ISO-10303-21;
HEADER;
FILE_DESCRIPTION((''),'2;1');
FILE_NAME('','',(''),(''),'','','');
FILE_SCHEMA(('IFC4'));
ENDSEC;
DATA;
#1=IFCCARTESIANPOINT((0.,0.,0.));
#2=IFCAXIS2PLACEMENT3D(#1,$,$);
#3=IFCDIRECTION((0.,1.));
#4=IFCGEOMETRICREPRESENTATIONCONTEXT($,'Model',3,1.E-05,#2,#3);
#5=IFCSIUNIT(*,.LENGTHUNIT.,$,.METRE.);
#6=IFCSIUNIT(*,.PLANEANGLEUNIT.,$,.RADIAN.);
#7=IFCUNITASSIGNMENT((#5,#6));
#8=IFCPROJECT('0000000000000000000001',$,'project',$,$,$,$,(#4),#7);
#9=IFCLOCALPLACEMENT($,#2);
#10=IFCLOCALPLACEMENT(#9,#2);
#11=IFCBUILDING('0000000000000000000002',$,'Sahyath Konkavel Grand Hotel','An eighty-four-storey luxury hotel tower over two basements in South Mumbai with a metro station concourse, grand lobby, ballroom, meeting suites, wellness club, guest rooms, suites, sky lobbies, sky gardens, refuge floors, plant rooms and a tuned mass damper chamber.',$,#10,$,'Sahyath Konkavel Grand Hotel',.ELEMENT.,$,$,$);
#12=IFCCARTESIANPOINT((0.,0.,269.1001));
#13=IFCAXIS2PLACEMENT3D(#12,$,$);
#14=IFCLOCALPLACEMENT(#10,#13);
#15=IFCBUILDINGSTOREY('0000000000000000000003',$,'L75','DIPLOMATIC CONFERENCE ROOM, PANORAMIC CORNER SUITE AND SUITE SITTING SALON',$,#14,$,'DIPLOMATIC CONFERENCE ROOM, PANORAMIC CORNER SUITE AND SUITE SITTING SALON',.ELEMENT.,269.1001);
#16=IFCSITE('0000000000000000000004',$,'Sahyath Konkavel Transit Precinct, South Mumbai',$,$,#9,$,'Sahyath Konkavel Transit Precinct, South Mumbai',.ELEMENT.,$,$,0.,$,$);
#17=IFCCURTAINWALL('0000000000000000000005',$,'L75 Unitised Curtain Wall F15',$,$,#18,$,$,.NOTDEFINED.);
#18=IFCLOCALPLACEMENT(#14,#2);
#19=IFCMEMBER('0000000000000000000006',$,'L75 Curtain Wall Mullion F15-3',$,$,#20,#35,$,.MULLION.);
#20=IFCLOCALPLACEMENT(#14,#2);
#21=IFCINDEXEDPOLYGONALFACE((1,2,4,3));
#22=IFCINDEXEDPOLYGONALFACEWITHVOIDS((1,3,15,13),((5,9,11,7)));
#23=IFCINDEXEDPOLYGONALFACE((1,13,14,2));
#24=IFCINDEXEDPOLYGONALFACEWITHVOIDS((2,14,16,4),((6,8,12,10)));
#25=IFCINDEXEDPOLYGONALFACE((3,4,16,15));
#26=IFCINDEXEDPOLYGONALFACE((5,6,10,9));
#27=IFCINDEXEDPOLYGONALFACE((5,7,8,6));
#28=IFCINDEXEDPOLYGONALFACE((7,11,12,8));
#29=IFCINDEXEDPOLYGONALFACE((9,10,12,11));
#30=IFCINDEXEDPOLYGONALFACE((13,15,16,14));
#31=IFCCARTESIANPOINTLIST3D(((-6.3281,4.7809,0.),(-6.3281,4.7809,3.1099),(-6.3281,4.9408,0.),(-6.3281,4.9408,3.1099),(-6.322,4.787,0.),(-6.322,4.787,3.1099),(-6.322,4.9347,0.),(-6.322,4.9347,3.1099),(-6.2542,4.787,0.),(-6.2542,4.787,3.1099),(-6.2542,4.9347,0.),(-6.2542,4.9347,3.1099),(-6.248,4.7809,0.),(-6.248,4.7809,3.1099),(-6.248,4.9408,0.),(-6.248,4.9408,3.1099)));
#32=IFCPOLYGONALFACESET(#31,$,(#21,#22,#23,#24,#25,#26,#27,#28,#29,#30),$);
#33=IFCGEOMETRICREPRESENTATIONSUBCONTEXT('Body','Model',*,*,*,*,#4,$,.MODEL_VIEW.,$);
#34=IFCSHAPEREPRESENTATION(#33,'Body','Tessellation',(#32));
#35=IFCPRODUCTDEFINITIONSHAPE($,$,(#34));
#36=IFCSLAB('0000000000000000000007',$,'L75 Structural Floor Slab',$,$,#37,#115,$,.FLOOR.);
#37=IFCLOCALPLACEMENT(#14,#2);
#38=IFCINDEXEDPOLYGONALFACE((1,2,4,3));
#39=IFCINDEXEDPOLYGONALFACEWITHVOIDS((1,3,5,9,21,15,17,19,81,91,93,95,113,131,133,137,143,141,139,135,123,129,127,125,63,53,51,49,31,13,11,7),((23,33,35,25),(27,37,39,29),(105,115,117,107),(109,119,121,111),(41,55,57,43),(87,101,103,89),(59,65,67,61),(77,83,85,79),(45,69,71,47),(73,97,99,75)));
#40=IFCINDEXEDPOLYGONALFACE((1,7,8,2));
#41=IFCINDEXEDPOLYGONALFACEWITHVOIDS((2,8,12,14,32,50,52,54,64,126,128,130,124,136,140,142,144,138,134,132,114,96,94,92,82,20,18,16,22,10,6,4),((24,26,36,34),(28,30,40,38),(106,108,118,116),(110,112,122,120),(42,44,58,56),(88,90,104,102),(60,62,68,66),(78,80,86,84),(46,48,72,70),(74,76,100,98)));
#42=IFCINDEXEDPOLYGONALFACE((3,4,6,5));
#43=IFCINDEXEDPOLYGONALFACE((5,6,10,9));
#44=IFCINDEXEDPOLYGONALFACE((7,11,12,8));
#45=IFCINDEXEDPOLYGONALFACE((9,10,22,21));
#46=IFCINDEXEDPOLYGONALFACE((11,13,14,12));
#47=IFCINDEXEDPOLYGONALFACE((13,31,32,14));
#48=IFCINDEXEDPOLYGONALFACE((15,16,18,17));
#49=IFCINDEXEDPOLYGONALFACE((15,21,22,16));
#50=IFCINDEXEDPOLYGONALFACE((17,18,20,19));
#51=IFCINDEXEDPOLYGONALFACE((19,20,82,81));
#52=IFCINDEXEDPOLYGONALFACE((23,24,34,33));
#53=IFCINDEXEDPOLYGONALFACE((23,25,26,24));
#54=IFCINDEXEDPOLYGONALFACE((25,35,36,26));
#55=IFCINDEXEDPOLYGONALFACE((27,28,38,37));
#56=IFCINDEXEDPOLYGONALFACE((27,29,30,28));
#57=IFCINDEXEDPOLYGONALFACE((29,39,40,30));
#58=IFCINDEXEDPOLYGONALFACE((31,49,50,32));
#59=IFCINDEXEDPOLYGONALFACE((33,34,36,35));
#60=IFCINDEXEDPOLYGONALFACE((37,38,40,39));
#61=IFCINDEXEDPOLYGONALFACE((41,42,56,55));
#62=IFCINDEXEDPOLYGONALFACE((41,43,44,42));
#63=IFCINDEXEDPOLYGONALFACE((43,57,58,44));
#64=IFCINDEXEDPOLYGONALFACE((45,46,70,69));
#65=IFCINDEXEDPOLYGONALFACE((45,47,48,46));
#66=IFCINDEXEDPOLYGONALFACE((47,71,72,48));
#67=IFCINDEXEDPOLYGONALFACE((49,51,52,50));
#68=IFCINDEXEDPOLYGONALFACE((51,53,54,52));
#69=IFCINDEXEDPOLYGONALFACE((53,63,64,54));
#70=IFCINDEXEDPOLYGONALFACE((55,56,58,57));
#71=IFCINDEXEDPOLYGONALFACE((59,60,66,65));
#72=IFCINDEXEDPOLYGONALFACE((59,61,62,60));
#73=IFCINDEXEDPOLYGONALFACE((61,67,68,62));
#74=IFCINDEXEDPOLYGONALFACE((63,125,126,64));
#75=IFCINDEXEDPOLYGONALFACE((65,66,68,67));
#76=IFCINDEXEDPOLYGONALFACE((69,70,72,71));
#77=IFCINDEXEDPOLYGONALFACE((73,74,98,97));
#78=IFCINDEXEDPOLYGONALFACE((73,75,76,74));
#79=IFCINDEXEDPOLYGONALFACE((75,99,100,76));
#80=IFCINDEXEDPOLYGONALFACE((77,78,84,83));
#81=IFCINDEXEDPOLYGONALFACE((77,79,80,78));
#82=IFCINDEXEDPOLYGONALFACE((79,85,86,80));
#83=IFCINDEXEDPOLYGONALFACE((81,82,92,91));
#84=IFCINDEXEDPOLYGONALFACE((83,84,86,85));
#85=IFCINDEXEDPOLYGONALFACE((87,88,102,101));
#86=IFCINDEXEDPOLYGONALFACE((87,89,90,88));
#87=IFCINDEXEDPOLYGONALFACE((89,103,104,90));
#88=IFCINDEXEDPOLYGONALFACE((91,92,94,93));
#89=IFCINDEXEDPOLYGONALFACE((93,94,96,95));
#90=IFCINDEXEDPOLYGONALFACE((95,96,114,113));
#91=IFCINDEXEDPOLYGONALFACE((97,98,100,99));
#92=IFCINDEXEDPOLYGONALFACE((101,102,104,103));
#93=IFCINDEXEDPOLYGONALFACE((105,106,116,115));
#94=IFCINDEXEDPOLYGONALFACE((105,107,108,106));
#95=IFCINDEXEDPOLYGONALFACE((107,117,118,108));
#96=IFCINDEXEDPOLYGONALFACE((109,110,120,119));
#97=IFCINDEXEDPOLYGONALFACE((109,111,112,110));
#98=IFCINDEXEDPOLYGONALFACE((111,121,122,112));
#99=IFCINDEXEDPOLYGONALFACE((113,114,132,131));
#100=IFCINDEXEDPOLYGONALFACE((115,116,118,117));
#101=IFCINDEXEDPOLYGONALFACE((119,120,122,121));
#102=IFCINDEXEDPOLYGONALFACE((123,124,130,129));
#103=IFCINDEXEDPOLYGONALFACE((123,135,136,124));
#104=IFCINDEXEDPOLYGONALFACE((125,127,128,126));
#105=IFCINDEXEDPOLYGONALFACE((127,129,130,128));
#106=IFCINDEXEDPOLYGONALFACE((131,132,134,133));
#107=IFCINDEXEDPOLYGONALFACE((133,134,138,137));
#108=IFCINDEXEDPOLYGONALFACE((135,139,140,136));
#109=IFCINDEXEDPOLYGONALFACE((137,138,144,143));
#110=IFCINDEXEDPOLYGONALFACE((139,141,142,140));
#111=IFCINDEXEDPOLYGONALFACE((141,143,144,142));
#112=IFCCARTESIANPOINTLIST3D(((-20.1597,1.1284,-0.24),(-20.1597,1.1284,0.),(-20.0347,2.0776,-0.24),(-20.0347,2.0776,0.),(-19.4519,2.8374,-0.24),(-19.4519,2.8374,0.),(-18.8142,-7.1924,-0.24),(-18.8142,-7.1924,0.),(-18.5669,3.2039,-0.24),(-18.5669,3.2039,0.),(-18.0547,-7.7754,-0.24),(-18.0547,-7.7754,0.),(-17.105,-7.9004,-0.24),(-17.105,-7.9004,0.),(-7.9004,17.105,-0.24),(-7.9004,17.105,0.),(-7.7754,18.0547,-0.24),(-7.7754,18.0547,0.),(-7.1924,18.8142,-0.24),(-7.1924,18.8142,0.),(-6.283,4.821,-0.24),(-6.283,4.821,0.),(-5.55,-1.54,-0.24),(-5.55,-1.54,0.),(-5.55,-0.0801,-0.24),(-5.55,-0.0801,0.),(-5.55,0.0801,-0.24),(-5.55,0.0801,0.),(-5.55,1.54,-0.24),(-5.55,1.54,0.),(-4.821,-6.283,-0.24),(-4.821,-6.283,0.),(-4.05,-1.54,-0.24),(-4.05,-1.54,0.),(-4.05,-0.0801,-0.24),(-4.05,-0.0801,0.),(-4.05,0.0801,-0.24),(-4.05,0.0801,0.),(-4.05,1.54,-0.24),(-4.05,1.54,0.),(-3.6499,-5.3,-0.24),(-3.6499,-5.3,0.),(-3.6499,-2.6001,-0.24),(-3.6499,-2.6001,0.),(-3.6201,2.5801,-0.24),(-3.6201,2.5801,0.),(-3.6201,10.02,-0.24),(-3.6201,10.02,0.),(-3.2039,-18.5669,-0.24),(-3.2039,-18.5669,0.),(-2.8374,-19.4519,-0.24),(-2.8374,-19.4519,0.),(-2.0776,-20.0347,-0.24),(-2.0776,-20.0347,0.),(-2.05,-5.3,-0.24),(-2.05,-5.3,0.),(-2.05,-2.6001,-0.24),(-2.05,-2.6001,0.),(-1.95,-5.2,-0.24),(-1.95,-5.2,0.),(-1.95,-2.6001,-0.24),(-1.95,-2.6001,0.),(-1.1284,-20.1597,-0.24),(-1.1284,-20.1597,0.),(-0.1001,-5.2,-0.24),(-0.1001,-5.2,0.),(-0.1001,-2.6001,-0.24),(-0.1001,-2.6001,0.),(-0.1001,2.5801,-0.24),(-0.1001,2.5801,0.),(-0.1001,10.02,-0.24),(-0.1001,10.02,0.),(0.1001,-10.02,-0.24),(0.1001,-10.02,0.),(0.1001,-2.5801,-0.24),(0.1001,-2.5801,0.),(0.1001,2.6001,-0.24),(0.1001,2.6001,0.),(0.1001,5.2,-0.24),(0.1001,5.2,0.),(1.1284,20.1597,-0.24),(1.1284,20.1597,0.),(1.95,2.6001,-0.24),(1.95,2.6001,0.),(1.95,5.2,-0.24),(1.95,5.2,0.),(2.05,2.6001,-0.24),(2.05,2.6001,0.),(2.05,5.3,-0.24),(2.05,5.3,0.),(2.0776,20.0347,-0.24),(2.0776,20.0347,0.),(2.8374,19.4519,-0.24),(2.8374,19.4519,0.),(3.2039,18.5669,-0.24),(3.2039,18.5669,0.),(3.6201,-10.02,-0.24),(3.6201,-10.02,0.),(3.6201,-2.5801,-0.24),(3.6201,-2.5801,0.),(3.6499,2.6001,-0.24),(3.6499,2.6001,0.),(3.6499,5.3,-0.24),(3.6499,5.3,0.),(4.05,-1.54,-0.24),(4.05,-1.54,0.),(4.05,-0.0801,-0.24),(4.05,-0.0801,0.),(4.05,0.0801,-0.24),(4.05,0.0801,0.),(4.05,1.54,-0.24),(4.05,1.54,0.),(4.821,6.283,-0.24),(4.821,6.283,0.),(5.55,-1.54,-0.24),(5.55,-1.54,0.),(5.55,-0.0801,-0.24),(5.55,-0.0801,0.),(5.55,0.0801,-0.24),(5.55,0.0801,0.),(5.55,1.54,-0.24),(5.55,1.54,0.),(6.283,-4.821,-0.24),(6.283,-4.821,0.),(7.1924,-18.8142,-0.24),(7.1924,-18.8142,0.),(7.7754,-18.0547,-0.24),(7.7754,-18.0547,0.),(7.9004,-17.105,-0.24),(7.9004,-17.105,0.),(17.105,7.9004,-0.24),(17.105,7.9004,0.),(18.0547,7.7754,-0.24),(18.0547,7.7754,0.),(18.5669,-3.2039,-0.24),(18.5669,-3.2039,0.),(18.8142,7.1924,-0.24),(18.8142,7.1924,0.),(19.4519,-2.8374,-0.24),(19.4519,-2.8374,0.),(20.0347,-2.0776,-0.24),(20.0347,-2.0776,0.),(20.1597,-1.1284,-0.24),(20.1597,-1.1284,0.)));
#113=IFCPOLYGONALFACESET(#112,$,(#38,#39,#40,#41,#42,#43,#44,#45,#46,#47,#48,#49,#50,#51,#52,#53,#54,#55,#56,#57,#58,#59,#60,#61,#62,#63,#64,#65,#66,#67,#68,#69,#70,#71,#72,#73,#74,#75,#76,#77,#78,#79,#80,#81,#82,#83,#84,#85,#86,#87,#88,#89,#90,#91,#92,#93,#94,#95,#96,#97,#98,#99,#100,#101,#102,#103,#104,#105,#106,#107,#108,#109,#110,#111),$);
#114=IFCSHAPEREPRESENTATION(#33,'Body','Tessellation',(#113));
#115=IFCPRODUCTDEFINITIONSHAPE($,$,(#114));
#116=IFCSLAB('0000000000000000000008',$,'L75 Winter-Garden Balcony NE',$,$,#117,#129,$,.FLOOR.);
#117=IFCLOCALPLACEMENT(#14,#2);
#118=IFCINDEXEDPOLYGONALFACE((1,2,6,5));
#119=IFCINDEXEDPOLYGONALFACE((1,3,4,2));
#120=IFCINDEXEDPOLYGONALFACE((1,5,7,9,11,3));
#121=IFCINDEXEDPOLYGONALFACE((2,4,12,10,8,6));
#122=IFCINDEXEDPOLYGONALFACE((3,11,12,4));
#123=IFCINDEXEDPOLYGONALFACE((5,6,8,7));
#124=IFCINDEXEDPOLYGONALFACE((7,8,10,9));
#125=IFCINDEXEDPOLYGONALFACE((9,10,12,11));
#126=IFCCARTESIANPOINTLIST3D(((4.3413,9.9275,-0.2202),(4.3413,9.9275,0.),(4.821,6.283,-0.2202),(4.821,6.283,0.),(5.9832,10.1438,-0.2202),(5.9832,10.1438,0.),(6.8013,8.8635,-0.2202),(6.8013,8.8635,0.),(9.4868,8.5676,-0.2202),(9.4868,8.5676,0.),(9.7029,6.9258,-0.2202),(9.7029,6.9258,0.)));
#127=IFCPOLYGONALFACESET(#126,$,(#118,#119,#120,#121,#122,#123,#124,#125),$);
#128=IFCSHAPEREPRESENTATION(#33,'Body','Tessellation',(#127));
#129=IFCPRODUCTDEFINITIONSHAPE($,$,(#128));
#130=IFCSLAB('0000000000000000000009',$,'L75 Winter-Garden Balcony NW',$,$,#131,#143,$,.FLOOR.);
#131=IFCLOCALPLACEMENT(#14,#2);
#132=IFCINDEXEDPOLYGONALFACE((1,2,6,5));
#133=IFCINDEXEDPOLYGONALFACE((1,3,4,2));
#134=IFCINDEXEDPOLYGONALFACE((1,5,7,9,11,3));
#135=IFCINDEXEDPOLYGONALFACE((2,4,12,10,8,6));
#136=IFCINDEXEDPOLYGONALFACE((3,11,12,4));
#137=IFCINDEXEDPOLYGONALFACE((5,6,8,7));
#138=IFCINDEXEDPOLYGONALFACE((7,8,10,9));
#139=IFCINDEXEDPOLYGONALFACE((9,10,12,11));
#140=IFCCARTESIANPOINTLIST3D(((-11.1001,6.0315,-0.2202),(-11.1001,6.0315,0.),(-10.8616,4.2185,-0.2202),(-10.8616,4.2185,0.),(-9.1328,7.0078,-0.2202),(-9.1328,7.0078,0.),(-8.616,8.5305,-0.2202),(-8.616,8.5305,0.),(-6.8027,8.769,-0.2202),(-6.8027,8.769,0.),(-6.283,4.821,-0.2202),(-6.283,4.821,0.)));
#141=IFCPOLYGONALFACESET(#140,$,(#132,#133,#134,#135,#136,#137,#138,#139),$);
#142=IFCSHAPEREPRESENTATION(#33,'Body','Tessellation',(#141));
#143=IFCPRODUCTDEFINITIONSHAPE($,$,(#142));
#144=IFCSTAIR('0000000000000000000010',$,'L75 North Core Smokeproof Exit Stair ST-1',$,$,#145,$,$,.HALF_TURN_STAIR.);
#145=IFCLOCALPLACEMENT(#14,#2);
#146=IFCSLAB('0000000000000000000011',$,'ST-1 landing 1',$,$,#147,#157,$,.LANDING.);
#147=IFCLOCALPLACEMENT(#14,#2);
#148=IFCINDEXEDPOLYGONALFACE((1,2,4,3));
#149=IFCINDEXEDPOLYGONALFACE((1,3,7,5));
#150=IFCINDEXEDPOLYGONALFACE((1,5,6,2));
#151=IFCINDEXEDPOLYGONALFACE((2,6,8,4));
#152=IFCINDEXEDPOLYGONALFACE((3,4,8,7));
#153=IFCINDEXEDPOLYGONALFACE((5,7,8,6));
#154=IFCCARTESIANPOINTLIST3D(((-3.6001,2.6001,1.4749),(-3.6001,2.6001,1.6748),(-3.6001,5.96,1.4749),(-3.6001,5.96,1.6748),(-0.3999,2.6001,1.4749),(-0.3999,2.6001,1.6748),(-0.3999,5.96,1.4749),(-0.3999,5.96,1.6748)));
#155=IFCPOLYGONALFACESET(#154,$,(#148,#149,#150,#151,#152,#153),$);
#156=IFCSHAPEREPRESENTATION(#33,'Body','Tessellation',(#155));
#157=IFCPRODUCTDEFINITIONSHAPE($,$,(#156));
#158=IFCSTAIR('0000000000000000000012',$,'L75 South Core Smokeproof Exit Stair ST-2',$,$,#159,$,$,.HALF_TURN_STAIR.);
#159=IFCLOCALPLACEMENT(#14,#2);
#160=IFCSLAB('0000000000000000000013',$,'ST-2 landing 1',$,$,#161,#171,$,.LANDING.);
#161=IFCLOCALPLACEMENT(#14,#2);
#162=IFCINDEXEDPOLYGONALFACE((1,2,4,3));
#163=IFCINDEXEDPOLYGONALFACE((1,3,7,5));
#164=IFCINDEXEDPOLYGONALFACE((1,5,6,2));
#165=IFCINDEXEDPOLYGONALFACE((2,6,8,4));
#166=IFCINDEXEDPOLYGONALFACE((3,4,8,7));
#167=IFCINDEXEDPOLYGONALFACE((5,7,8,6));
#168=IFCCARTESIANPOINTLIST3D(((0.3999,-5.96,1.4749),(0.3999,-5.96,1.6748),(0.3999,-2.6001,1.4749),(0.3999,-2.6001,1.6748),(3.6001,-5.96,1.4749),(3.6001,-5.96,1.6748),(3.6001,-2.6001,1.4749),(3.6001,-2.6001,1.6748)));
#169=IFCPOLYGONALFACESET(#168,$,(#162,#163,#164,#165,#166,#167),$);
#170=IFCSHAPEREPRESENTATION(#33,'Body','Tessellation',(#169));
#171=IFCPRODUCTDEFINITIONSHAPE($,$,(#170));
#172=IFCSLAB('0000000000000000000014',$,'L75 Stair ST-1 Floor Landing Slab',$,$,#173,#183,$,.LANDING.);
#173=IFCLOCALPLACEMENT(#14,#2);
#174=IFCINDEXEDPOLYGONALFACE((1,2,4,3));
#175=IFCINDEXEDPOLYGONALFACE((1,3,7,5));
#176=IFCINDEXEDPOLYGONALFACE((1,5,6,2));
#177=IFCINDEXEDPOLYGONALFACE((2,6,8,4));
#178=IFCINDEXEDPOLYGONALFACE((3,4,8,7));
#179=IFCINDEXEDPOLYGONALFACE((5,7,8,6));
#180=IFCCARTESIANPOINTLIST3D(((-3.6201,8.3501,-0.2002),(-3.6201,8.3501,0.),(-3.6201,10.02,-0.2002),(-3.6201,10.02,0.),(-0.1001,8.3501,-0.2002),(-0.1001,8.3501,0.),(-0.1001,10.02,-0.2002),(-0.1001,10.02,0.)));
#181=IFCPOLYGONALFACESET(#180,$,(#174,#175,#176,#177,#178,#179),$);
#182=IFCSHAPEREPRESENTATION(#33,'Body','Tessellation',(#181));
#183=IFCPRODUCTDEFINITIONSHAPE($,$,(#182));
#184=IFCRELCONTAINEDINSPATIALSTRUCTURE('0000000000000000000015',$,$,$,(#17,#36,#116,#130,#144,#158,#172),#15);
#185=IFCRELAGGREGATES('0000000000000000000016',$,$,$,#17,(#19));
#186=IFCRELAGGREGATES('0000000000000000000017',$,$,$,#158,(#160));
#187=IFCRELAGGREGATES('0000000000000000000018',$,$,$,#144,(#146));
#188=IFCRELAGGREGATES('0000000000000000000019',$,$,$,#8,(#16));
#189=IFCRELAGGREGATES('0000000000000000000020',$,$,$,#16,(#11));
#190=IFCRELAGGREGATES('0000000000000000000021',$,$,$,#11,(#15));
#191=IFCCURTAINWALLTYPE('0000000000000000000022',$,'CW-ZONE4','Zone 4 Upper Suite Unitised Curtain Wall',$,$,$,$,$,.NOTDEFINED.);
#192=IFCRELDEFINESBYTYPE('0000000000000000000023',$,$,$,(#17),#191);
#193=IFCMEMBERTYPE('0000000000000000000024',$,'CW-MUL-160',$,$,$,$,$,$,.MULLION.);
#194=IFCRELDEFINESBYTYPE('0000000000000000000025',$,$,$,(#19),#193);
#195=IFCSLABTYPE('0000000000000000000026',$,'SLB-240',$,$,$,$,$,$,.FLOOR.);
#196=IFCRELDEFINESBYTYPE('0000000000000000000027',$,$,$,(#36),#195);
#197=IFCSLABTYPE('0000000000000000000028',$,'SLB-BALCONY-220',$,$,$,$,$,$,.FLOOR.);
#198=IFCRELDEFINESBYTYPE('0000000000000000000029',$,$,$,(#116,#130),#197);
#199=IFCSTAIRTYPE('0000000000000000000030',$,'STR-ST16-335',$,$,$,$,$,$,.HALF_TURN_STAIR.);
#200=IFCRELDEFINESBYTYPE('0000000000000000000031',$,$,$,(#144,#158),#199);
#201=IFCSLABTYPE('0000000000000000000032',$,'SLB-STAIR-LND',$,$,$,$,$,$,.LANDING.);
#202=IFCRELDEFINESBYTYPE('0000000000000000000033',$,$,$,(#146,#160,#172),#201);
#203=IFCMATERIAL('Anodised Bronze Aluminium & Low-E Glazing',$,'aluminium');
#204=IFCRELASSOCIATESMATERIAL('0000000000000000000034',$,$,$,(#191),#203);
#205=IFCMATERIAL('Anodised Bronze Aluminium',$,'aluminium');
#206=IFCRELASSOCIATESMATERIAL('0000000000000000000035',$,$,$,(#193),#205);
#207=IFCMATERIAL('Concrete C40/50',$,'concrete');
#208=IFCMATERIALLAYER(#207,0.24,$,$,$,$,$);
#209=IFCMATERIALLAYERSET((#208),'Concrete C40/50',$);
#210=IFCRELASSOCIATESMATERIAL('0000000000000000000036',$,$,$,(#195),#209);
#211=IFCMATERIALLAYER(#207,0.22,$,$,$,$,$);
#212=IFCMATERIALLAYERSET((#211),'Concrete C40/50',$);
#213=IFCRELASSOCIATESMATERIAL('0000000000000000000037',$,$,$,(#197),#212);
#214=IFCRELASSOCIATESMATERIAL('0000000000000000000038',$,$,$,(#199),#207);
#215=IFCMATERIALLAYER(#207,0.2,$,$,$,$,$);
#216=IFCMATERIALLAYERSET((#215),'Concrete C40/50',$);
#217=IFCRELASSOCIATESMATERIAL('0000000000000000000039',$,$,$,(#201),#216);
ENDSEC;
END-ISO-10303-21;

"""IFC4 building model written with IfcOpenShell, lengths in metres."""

from ifc_helpers import new_model, si_unit, direction, frame, origin, origin_2d, place, context, subcontext, project, spatial, polyline, hollow_rectangle, outline, extrude, source, transform, mapped, material, layer, layer_set, material_profile, profile_set, type_object, element, aggregate, save


model = new_model("IFC4")

# Units and contexts
model_context = context("Model", 3, precision=1e-05, world=origin(), true_north=direction((0.0, 1.0)))
body_context = subcontext(model_context, "Body", "Model", "MODEL_VIEW")
ifc_project = project(units=[si_unit("LENGTHUNIT", "METRE"), si_unit("PLANEANGLEUNIT", "RADIAN")], contexts=[model_context])

# Site, building, storey
site_placement = place(None, origin())
site = spatial("IfcSite", under=ifc_project, at=site_placement, Name="Sahyath Konkavel Transit Precinct, South Mumbai", LongName="Sahyath Konkavel Transit Precinct, South Mumbai", CompositionType="ELEMENT", RefElevation=0.0)
building_placement = place(site_placement, origin())
building = spatial("IfcBuilding", under=site, at=building_placement, Name="Sahyath Konkavel Grand Hotel", Description="An eighty-four-storey luxury hotel tower over two basements in South Mumbai with a metro station concourse, grand lobby, ballroom, meeting suites, wellness club, guest rooms, suites, sky lobbies, sky gardens, refuge floors, plant rooms and a tuned mass damper chamber.", LongName="Sahyath Konkavel Grand Hotel", CompositionType="ELEMENT")
storey_placement = place(building_placement, frame((0.0, 0.0, 269.1001)))
storey = spatial("IfcBuildingStorey", under=building, at=storey_placement, Name="L75", Description="DIPLOMATIC CONFERENCE ROOM, PANORAMIC CORNER SUITE AND SUITE SITTING SALON", LongName="DIPLOMATIC CONFERENCE ROOM, PANORAMIC CORNER SUITE AND SUITE SITTING SALON", CompositionType="ELEMENT", Elevation=269.1001)

# Shared definitions
ifc_material_1 = material(Name="Concrete C40/50", Category="concrete")

# Curtain wall, member
ifc_material_2 = material(Name="Anodised Bronze Aluminium & Low-E Glazing", Category="aluminium")
curtain_wall_type = type_object("IfcCurtainWallType", Name="CW-ZONE4", Description="Zone 4 Upper Suite Unitised Curtain Wall", PredefinedType="NOTDEFINED", material=ifc_material_2)
curtain_wall_placement = place(storey_placement, origin())
curtain_wall = element("IfcCurtainWall", 1, at=curtain_wall_placement, inside=storey, type_object=curtain_wall_type, Name="L75 Unitised Curtain Wall F15", PredefinedType="NOTDEFINED")
ifc_material_3 = material(Name="Anodised Bronze Aluminium", Category="aluminium")
ifc_material_profile_1 = material_profile(ifc_material_3, hollow_rectangle(XDim=0.0801, YDim=0.1599, WallThickness=0.0061, at=origin_2d()), Name="RHS 160x80x6")
ifc_profile_set_1 = profile_set([ifc_material_profile_1], Name="Anodised Bronze Aluminium")
member_type = type_object("IfcMemberType", Name="CW-MUL-160", PredefinedType="MULLION", material=ifc_profile_set_1)
shared_shape_1 = source(origin(), body_context, "Body", "SweptSolid", [
    extrude(hollow_rectangle(XDim=0.0801, YDim=0.1599, WallThickness=0.0061, at=origin_2d()), origin(), (0.0, 0.0, 1.0), 3.1099),
])
member_placement = place(storey_placement, frame((-6.2881, 4.8608, 0.0), z_axis=(0.0, 0.0, 1.0), x_axis=(1.0, 0.0, 0.0)))
member = element("IfcMember", 2, at=member_placement, type_object=member_type, Name="L75 Curtain Wall Mullion F15-3", PredefinedType="MULLION", context=body_context, shape_type="MappedRepresentation", body=[
    mapped(shared_shape_1, transform((0.0, 0.0, 0.0), scale=1.0)),
])
aggregate(curtain_wall, [member])

# Slabs
ifc_layer_1 = layer(ifc_material_1, 0.24)
ifc_layer_set_1 = layer_set([ifc_layer_1], Name="Concrete C40/50")
slab_type_1 = type_object("IfcSlabType", Name="SLB-240", PredefinedType="FLOOR", material=ifc_layer_set_1)
slab_1_placement = place(storey_placement, frame((0.0, 0.0, -0.24)))
element("IfcSlab", 3, at=slab_1_placement, inside=storey, type_object=slab_type_1, Name="L75 Structural Floor Slab", PredefinedType="FLOOR", context=body_context, shape_type="SweptSolid", body=[
    extrude(outline(polyline([(6.283, -4.821), (18.5669, -3.2039), (19.4519, -2.8374), (20.0347, -2.0776), (20.1597, -1.1284), (18.8142, 7.1924), (18.0547, 7.7754), (17.105, 7.9004), (4.821, 6.283), (3.2039, 18.5669), (2.8374, 19.4519), (2.0776, 20.0347), (1.1284, 20.1597), (-7.1924, 18.8142), (-7.7754, 18.0547), (-7.9004, 17.105), (-6.283, 4.821), (-18.5669, 3.2039), (-19.4519, 2.8374), (-20.0347, 2.0776), (-20.1597, 1.1284), (-18.8142, -7.1924), (-18.0547, -7.7754), (-17.105, -7.9004), (-4.821, -6.283), (-3.2039, -18.5669), (-2.8374, -19.4519), (-2.0776, -20.0347), (-1.1284, -20.1597), (7.1924, -18.8142), (7.7754, -18.0547), (7.9004, -17.105), (6.283, -4.821)]), holes=[polyline([(-3.6201, 2.5801), (-0.1001, 2.5801), (-0.1001, 10.02), (-3.6201, 10.02), (-3.6201, 2.5801)]), polyline([(0.1001, -10.02), (3.6201, -10.02), (3.6201, -2.5801), (0.1001, -2.5801), (0.1001, -10.02)]), polyline([(0.1001, 2.6001), (1.95, 2.6001), (1.95, 5.2), (0.1001, 5.2), (0.1001, 2.6001)]), polyline([(-1.95, -5.2), (-0.1001, -5.2), (-0.1001, -2.6001), (-1.95, -2.6001), (-1.95, -5.2)]), polyline([(2.05, 2.6001), (3.6499, 2.6001), (3.6499, 5.3), (2.05, 5.3), (2.05, 2.6001)]), polyline([(-3.6499, -5.3), (-2.05, -5.3), (-2.05, -2.6001), (-3.6499, -2.6001), (-3.6499, -5.3)]), polyline([(4.05, 0.0801), (5.55, 0.0801), (5.55, 1.54), (4.05, 1.54), (4.05, 0.0801)]), polyline([(4.05, -1.54), (5.55, -1.54), (5.55, -0.0801), (4.05, -0.0801), (4.05, -1.54)]), polyline([(-5.55, 0.0801), (-4.05, 0.0801), (-4.05, 1.54), (-5.55, 1.54), (-5.55, 0.0801)]), polyline([(-5.55, -1.54), (-4.05, -1.54), (-4.05, -0.0801), (-5.55, -0.0801), (-5.55, -1.54)])]), origin(), (0.0, 0.0, 1.0), 0.24),
])
ifc_layer_2 = layer(ifc_material_1, 0.22)
ifc_layer_set_2 = layer_set([ifc_layer_2], Name="Concrete C40/50")
slab_type_2 = type_object("IfcSlabType", Name="SLB-BALCONY-220", PredefinedType="FLOOR", material=ifc_layer_set_2)
slab_2_placement = place(storey_placement, frame((0.0, 0.0, -0.2202)))
element("IfcSlab", 4, at=slab_2_placement, inside=storey, type_object=slab_type_2, Name="L75 Winter-Garden Balcony NE", PredefinedType="FLOOR", context=body_context, shape_type="SweptSolid", body=[
    extrude(outline(polyline([(4.821, 6.283), (9.7029, 6.9258), (9.4868, 8.5676), (6.8013, 8.8635), (5.9832, 10.1438), (4.3413, 9.9275), (4.821, 6.283)])), origin(), (0.0, 0.0, 1.0), 0.2202),
])
slab_3_placement = place(storey_placement, frame((0.0, 0.0, -0.2202)))
element("IfcSlab", 5, at=slab_3_placement, inside=storey, type_object=slab_type_2, Name="L75 Winter-Garden Balcony NW", PredefinedType="FLOOR", context=body_context, shape_type="SweptSolid", body=[
    extrude(outline(polyline([(-6.283, 4.821), (-6.8027, 8.769), (-8.616, 8.5305), (-9.1328, 7.0078), (-11.1001, 6.0315), (-10.8616, 4.2185), (-6.283, 4.821)])), origin(), (0.0, 0.0, 1.0), 0.2202),
])

# Stairs, slabs
stair_type = type_object("IfcStairType", Name="STR-ST16-335", PredefinedType="HALF_TURN_STAIR", material=ifc_material_1)
stair_1_placement = place(storey_placement, origin())
stair_1 = element("IfcStair", 6, at=stair_1_placement, inside=storey, type_object=stair_type, Name="L75 North Core Smokeproof Exit Stair ST-1", PredefinedType="HALF_TURN_STAIR")
ifc_layer_3 = layer(ifc_material_1, 0.2)
ifc_layer_set_3 = layer_set([ifc_layer_3], Name="Concrete C40/50")
slab_type_3 = type_object("IfcSlabType", Name="SLB-STAIR-LND", PredefinedType="LANDING", material=ifc_layer_set_3)
slab_4_placement = place(storey_placement, frame((0.0, 0.0, 1.4749)))
slab_4 = element("IfcSlab", 7, at=slab_4_placement, type_object=slab_type_3, Name="ST-1 landing 1", PredefinedType="LANDING", context=body_context, shape_type="SweptSolid", body=[
    extrude(outline(polyline([(-3.6001, 5.96), (-3.6001, 2.6001), (-0.3999, 2.6001), (-0.3999, 5.96), (-3.6001, 5.96)])), origin(), (0.0, 0.0, 1.0), 0.2),
])
stair_2_placement = place(storey_placement, origin())
stair_2 = element("IfcStair", 8, at=stair_2_placement, inside=storey, type_object=stair_type, Name="L75 South Core Smokeproof Exit Stair ST-2", PredefinedType="HALF_TURN_STAIR")
slab_5_placement = place(storey_placement, frame((0.0, 0.0, 1.4749)))
slab_5 = element("IfcSlab", 9, at=slab_5_placement, type_object=slab_type_3, Name="ST-2 landing 1", PredefinedType="LANDING", context=body_context, shape_type="SweptSolid", body=[
    extrude(outline(polyline([(3.6001, -5.96), (3.6001, -2.6001), (0.3999, -2.6001), (0.3999, -5.96), (3.6001, -5.96)])), origin(), (0.0, 0.0, 1.0), 0.2),
])
aggregate(stair_2, [slab_5])

# Slab
slab_6_placement = place(storey_placement, frame((0.0, 0.0, -0.2002)))
element("IfcSlab", 10, at=slab_6_placement, inside=storey, type_object=slab_type_3, Name="L75 Stair ST-1 Floor Landing Slab", PredefinedType="LANDING", context=body_context, shape_type="SweptSolid", body=[
    extrude(outline(polyline([(-3.6201, 8.3501), (-0.1001, 8.3501), (-0.1001, 10.02), (-3.6201, 10.02), (-3.6201, 8.3501)])), origin(), (0.0, 0.0, 1.0), 0.2002),
])

aggregate(stair_1, [slab_4])

save(model, "model.ifc")
